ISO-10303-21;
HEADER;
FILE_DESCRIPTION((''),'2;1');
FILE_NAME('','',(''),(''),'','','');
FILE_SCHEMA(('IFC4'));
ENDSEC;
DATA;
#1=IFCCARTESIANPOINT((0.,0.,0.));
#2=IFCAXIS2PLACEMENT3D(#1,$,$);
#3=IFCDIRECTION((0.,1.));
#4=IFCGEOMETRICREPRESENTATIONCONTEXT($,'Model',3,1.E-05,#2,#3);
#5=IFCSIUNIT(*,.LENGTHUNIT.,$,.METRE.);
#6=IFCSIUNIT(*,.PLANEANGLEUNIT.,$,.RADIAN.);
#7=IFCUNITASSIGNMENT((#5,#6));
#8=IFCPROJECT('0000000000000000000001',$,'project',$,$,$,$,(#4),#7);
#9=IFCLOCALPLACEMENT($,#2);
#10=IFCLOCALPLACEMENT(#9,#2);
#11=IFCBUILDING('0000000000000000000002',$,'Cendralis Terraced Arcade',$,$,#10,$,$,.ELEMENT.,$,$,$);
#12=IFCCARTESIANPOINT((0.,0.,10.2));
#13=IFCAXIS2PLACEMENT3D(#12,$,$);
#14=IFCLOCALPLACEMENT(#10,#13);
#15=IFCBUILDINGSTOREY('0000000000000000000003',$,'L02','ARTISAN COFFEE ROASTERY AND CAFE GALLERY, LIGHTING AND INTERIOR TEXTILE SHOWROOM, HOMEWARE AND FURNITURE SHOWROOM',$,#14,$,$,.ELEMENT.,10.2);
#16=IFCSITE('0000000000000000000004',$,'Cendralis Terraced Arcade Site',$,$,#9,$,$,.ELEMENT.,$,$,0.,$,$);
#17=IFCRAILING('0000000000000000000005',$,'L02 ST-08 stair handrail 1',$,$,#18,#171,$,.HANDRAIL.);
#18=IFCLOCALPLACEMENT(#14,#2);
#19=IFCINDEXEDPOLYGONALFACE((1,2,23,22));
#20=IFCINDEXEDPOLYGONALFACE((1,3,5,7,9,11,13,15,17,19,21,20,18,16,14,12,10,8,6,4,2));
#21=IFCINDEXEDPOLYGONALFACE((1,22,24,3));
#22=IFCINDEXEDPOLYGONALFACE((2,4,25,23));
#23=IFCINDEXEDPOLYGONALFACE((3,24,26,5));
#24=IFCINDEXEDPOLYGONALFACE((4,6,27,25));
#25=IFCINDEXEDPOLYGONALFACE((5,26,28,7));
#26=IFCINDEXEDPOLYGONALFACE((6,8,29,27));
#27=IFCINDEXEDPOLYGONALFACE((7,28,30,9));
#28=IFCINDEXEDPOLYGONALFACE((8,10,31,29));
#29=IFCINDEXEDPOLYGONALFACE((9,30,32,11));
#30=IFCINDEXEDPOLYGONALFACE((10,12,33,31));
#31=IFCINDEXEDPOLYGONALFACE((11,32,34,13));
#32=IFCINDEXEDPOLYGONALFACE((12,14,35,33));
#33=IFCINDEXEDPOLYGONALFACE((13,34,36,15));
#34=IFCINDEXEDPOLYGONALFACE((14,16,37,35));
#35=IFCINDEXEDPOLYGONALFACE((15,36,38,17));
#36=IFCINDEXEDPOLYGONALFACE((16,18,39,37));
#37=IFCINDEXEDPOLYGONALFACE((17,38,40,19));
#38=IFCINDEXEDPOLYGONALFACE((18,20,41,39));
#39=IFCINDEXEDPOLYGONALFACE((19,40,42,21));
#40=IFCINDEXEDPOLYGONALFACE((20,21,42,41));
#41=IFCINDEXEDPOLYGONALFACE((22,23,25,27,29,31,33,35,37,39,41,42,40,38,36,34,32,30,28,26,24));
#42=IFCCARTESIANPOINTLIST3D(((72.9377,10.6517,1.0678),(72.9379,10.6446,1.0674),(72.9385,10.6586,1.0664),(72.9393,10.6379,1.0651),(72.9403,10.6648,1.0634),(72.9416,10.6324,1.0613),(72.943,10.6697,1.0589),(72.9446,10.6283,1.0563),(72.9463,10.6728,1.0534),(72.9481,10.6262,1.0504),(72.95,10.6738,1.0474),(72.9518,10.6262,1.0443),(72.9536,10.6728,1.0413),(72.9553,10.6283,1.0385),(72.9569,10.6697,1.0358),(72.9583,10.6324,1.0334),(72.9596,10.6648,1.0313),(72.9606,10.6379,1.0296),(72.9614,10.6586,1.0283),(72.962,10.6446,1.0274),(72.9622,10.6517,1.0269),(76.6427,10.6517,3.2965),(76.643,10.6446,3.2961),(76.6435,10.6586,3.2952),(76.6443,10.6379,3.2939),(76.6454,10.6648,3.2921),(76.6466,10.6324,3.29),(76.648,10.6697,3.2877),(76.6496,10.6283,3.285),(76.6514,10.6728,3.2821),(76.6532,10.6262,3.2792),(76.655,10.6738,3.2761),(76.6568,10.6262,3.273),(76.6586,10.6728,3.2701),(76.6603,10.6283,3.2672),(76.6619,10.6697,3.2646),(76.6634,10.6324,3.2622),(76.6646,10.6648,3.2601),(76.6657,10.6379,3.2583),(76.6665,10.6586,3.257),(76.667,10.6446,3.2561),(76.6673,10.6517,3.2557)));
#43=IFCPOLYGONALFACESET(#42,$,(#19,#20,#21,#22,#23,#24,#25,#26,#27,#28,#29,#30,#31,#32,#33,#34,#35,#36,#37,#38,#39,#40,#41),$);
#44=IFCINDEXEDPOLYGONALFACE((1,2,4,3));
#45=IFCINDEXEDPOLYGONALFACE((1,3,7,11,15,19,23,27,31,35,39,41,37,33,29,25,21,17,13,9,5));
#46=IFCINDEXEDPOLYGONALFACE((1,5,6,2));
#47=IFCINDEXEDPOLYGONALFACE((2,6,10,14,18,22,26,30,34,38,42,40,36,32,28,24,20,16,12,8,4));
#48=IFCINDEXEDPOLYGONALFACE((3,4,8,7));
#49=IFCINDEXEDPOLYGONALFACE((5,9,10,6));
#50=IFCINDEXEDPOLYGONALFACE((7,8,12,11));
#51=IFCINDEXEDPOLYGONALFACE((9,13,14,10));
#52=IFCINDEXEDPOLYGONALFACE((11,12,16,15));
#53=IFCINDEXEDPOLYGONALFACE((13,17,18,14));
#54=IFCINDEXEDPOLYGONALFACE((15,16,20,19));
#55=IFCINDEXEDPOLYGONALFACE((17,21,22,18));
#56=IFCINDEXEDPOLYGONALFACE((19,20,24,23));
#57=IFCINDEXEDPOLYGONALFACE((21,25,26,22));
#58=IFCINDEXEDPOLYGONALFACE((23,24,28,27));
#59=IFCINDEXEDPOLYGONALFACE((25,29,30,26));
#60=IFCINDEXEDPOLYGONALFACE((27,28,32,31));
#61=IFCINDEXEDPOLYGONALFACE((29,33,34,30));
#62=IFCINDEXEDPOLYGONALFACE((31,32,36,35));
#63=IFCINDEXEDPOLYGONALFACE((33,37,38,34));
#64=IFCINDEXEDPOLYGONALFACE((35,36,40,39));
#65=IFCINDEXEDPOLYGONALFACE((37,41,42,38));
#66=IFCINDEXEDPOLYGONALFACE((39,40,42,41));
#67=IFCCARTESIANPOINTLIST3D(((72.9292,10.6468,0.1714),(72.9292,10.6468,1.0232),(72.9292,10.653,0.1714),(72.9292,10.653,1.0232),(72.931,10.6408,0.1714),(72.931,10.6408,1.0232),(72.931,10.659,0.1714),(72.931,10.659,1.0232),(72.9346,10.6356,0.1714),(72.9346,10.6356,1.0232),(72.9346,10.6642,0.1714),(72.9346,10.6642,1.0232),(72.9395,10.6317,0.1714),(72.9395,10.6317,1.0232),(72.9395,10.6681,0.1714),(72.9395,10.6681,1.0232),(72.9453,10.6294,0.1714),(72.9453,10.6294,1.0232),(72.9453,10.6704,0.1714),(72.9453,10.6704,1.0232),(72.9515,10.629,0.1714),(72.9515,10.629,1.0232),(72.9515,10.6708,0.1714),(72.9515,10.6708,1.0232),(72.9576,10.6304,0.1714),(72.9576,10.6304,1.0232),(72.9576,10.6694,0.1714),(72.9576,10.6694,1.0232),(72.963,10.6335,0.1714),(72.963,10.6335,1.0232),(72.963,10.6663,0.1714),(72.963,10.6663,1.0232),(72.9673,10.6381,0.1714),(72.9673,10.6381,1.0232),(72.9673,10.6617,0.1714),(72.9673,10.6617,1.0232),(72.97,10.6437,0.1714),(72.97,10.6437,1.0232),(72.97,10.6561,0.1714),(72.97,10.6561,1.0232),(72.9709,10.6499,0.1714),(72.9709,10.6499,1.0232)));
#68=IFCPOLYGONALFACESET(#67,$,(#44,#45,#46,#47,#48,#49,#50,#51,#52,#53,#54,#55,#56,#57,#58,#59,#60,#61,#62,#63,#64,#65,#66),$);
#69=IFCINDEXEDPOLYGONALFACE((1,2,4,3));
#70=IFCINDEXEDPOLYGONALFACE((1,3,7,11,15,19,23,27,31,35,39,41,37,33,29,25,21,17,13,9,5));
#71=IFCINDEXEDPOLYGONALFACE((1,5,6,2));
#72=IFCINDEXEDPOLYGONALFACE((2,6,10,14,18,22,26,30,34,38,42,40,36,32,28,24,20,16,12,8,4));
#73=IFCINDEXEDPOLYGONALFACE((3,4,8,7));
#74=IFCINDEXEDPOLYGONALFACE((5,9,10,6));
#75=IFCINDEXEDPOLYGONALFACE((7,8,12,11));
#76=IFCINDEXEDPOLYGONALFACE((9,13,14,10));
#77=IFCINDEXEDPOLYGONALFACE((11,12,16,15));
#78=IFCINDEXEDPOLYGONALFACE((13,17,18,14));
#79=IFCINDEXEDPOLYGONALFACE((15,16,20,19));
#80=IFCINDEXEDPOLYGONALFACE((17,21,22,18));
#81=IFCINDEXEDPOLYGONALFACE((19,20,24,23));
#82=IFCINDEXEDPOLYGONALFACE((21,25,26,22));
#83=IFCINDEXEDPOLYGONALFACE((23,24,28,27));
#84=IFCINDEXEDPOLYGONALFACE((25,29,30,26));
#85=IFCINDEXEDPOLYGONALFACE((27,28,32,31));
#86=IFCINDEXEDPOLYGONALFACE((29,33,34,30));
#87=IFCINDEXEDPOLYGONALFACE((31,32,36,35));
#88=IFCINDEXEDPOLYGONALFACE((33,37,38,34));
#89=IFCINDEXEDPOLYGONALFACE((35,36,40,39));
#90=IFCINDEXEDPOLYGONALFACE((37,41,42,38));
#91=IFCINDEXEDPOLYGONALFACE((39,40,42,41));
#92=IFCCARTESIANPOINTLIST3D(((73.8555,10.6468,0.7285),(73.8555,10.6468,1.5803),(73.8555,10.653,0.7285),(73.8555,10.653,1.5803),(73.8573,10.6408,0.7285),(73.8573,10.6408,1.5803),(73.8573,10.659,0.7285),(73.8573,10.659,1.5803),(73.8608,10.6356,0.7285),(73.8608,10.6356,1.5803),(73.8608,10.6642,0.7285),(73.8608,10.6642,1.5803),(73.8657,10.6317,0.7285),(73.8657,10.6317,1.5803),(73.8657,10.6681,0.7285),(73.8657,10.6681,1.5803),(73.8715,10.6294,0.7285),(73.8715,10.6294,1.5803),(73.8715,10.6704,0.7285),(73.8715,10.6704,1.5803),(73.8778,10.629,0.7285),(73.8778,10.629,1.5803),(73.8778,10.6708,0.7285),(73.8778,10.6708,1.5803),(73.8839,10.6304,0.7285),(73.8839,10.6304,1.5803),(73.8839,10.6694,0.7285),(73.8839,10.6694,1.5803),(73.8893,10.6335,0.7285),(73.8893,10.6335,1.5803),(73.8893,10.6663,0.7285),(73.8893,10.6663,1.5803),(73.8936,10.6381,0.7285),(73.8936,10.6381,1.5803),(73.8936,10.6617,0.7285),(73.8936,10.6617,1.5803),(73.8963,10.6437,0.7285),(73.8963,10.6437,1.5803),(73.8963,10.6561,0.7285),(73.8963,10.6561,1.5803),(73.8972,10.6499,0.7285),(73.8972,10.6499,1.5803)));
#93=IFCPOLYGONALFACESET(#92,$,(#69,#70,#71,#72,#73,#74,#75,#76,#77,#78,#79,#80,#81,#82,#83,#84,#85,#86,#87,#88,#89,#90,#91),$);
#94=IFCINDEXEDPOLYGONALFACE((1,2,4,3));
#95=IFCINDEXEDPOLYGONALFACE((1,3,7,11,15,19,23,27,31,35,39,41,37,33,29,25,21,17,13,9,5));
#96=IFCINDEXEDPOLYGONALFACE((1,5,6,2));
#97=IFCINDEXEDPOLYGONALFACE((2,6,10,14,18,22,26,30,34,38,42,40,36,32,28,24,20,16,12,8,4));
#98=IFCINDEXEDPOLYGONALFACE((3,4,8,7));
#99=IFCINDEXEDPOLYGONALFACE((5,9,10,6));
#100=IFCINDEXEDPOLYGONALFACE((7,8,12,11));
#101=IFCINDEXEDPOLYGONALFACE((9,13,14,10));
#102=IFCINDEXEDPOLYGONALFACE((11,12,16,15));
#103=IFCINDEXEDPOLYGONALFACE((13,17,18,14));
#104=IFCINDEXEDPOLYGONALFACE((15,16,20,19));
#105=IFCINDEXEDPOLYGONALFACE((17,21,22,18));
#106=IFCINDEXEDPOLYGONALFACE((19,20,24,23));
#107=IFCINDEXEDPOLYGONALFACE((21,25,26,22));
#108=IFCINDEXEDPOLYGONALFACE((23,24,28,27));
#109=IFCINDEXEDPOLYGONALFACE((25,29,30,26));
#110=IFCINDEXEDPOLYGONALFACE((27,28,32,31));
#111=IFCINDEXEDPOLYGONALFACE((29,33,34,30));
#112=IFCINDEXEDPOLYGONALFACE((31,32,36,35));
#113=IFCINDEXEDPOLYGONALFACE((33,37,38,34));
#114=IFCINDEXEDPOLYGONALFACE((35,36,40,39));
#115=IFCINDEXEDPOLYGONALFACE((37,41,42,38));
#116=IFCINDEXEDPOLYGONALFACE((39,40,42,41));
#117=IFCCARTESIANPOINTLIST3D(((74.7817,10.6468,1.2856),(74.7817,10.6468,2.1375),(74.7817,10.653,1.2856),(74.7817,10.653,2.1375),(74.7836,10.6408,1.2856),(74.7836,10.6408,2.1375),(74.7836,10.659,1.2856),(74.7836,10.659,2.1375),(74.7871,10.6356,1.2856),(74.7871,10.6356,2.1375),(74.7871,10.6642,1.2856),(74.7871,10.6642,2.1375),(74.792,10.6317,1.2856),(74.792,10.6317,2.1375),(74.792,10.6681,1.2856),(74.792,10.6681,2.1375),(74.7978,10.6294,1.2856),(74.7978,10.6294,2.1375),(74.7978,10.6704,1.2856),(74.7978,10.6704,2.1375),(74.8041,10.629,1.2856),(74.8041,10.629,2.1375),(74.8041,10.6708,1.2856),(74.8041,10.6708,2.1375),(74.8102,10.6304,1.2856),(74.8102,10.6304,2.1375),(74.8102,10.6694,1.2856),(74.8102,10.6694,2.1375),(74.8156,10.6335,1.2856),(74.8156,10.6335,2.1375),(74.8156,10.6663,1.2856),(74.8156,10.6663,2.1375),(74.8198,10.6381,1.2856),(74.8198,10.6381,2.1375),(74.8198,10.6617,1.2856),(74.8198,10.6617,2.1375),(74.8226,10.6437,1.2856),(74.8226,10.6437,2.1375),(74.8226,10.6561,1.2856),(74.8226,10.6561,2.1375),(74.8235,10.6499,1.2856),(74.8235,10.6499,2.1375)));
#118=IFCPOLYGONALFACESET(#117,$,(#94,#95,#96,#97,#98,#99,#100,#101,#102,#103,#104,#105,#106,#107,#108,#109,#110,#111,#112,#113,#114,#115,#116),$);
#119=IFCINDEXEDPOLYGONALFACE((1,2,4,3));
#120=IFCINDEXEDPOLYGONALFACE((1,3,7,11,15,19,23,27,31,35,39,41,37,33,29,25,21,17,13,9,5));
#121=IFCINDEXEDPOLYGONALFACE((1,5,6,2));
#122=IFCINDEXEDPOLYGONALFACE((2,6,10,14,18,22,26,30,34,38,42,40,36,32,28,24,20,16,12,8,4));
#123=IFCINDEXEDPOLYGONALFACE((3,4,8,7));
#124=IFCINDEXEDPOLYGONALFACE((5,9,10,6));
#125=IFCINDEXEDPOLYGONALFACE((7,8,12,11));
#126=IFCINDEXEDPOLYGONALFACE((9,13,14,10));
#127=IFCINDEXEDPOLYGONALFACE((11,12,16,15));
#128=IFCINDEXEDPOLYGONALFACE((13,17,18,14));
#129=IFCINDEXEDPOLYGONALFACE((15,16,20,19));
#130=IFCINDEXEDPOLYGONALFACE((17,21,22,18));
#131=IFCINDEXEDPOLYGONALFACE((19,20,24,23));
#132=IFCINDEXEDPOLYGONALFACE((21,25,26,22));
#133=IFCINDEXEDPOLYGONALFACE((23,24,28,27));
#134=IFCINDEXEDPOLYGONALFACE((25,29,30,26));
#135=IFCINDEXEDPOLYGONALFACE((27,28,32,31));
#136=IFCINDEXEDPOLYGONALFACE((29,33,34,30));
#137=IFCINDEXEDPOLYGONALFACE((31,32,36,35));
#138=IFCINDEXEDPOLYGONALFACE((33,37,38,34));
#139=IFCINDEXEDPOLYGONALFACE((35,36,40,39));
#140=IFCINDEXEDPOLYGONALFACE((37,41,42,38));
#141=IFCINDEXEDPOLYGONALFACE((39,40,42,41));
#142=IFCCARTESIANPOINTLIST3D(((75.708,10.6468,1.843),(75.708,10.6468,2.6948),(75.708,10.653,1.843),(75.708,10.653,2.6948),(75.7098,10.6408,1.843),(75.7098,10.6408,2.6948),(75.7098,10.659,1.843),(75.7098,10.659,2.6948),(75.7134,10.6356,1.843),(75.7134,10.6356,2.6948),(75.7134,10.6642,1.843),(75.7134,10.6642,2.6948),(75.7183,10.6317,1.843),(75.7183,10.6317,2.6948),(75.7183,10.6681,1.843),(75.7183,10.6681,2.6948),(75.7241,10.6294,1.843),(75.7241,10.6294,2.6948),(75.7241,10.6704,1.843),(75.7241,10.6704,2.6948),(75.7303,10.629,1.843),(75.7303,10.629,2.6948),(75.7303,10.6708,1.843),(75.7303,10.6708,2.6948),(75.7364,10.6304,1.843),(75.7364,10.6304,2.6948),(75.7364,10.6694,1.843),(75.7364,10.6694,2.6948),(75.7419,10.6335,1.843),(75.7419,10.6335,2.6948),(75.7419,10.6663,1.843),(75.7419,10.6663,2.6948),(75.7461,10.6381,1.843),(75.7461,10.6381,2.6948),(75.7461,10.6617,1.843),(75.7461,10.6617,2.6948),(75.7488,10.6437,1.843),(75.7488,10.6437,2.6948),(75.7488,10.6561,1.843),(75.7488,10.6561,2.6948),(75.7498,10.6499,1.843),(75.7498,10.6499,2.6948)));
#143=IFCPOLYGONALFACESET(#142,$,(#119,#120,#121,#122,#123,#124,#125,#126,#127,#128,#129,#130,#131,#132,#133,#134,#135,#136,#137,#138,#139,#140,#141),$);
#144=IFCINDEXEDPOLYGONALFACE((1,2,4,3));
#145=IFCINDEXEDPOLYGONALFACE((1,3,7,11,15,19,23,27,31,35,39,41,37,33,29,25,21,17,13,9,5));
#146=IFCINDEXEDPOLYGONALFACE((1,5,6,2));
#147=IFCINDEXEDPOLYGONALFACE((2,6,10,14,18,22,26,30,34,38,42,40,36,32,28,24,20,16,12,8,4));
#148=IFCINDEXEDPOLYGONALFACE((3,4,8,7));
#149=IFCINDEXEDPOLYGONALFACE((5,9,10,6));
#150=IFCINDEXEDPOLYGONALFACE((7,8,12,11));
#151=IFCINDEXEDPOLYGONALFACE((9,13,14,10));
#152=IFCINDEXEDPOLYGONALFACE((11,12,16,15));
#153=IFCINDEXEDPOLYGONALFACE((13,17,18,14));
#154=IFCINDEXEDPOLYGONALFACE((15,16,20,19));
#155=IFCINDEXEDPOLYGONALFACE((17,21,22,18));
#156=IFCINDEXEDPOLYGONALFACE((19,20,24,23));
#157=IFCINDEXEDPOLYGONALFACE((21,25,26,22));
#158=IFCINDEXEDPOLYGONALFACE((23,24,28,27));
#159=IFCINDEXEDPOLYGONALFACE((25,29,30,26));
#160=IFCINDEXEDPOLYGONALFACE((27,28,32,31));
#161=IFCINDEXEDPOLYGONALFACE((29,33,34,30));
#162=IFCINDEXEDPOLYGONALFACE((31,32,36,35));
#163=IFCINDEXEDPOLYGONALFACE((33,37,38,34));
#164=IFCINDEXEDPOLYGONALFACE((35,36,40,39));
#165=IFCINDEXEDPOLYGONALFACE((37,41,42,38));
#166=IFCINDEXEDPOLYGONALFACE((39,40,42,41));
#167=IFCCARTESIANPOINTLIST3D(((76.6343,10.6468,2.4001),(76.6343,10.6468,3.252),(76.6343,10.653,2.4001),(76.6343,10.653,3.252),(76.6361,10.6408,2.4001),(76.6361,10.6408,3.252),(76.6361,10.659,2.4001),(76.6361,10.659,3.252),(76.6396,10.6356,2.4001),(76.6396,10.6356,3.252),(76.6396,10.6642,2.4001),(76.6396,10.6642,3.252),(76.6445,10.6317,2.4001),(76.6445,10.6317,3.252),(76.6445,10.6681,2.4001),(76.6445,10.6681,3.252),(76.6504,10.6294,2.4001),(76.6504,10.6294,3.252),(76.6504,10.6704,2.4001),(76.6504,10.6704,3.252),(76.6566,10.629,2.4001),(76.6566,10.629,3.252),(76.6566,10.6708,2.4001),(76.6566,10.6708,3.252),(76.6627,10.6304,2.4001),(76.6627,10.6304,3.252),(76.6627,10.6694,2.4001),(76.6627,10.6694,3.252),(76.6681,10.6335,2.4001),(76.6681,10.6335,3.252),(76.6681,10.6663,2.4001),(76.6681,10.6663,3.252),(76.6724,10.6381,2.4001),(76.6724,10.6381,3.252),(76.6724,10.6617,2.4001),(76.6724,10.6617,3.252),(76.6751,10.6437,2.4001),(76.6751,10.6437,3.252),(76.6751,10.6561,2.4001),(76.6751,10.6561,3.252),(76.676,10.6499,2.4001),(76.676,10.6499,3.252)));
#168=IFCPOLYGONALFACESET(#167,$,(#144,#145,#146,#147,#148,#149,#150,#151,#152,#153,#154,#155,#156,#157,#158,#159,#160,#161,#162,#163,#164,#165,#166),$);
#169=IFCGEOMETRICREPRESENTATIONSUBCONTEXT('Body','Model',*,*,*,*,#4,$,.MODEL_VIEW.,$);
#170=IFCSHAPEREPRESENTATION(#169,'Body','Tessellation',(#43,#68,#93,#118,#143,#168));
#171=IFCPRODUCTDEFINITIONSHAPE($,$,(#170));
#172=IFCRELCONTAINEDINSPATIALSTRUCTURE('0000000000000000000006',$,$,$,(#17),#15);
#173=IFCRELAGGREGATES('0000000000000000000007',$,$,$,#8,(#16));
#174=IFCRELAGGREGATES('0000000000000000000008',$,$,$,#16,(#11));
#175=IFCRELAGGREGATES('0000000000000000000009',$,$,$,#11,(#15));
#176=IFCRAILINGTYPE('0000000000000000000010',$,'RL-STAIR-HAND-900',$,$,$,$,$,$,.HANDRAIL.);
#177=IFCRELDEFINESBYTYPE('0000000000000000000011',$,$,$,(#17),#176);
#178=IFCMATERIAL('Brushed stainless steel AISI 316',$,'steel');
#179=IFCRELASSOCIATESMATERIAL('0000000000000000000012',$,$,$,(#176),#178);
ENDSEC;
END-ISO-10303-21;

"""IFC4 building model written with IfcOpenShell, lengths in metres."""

from ifc_helpers import new_model, si_unit, direction, frame, origin, origin_2d, place, context, subcontext, project, spatial, circle, extrude, material, type_object, element, save


model = new_model("IFC4")

# Units and contexts
model_context = context("Model", 3, precision=1e-05, world=origin(), true_north=direction((0.0, 1.0)))
body_context = subcontext(model_context, "Body", "Model", "MODEL_VIEW")
ifc_project = project(units=[si_unit("LENGTHUNIT", "METRE"), si_unit("PLANEANGLEUNIT", "RADIAN")], contexts=[model_context])

# Site, building, storey
site_placement = place(None, origin())
site = spatial("IfcSite", under=ifc_project, at=site_placement, Name="Cendralis Terraced Arcade Site", CompositionType="ELEMENT", RefElevation=0.0)
building_placement = place(site_placement, origin())
building = spatial("IfcBuilding", under=site, at=building_placement, Name="Cendralis Terraced Arcade", CompositionType="ELEMENT")
storey_placement = place(building_placement, frame((0.0, 0.0, 10.2)))
storey = spatial("IfcBuildingStorey", under=building, at=storey_placement, Name="L02", Description="ARTISAN COFFEE ROASTERY AND CAFE GALLERY, LIGHTING AND INTERIOR TEXTILE SHOWROOM, HOMEWARE AND FURNITURE SHOWROOM", CompositionType="ELEMENT", Elevation=10.2)

# Railing
ifc_material_1 = material(Name="Brushed stainless steel AISI 316", Category="steel")
railing_type_1 = type_object("IfcRailingType", Name="RL-STAIR-HAND-900", PredefinedType="HANDRAIL", material=ifc_material_1)
railing_1_placement = place(storey_placement, frame((72.95, 10.6499, 0.1714)))
element("IfcRailing", 1, at=railing_1_placement, inside=storey, type_object=railing_type_1, Name="L02 ST-08 stair handrail 1", PredefinedType="HANDRAIL", context=body_context, shape_type="SweptSolid", body=[
    extrude(circle(Radius=0.0239, at=origin_2d()), frame((0.0, 0.0, 0.876), z_axis=(0.856909, 0.0, 0.515467), x_axis=(0.0, 1.0, 0.0)), (0.0, 0.0, 1.0), 4.3237),
    extrude(circle(Radius=0.021, at=origin_2d()), origin(), (0.0, 0.0, 1.0), 0.8518),
    extrude(circle(Radius=0.021, at=origin_2d()), frame((0.9263, 0.0, 0.5571)), (0.0, 0.0, 1.0), 0.8518),
    extrude(circle(Radius=0.021, at=origin_2d()), frame((1.8525, 0.0, 1.1143)), (0.0, 0.0, 1.0), 0.8518),
    extrude(circle(Radius=0.021, at=origin_2d()), frame((2.7788, 0.0, 1.6716)), (0.0, 0.0, 1.0), 0.8518),
    extrude(circle(Radius=0.021, at=origin_2d()), frame((3.7051, 0.0, 2.2288)), (0.0, 0.0, 1.0), 0.8518),
])

save(model, "model.ifc")
